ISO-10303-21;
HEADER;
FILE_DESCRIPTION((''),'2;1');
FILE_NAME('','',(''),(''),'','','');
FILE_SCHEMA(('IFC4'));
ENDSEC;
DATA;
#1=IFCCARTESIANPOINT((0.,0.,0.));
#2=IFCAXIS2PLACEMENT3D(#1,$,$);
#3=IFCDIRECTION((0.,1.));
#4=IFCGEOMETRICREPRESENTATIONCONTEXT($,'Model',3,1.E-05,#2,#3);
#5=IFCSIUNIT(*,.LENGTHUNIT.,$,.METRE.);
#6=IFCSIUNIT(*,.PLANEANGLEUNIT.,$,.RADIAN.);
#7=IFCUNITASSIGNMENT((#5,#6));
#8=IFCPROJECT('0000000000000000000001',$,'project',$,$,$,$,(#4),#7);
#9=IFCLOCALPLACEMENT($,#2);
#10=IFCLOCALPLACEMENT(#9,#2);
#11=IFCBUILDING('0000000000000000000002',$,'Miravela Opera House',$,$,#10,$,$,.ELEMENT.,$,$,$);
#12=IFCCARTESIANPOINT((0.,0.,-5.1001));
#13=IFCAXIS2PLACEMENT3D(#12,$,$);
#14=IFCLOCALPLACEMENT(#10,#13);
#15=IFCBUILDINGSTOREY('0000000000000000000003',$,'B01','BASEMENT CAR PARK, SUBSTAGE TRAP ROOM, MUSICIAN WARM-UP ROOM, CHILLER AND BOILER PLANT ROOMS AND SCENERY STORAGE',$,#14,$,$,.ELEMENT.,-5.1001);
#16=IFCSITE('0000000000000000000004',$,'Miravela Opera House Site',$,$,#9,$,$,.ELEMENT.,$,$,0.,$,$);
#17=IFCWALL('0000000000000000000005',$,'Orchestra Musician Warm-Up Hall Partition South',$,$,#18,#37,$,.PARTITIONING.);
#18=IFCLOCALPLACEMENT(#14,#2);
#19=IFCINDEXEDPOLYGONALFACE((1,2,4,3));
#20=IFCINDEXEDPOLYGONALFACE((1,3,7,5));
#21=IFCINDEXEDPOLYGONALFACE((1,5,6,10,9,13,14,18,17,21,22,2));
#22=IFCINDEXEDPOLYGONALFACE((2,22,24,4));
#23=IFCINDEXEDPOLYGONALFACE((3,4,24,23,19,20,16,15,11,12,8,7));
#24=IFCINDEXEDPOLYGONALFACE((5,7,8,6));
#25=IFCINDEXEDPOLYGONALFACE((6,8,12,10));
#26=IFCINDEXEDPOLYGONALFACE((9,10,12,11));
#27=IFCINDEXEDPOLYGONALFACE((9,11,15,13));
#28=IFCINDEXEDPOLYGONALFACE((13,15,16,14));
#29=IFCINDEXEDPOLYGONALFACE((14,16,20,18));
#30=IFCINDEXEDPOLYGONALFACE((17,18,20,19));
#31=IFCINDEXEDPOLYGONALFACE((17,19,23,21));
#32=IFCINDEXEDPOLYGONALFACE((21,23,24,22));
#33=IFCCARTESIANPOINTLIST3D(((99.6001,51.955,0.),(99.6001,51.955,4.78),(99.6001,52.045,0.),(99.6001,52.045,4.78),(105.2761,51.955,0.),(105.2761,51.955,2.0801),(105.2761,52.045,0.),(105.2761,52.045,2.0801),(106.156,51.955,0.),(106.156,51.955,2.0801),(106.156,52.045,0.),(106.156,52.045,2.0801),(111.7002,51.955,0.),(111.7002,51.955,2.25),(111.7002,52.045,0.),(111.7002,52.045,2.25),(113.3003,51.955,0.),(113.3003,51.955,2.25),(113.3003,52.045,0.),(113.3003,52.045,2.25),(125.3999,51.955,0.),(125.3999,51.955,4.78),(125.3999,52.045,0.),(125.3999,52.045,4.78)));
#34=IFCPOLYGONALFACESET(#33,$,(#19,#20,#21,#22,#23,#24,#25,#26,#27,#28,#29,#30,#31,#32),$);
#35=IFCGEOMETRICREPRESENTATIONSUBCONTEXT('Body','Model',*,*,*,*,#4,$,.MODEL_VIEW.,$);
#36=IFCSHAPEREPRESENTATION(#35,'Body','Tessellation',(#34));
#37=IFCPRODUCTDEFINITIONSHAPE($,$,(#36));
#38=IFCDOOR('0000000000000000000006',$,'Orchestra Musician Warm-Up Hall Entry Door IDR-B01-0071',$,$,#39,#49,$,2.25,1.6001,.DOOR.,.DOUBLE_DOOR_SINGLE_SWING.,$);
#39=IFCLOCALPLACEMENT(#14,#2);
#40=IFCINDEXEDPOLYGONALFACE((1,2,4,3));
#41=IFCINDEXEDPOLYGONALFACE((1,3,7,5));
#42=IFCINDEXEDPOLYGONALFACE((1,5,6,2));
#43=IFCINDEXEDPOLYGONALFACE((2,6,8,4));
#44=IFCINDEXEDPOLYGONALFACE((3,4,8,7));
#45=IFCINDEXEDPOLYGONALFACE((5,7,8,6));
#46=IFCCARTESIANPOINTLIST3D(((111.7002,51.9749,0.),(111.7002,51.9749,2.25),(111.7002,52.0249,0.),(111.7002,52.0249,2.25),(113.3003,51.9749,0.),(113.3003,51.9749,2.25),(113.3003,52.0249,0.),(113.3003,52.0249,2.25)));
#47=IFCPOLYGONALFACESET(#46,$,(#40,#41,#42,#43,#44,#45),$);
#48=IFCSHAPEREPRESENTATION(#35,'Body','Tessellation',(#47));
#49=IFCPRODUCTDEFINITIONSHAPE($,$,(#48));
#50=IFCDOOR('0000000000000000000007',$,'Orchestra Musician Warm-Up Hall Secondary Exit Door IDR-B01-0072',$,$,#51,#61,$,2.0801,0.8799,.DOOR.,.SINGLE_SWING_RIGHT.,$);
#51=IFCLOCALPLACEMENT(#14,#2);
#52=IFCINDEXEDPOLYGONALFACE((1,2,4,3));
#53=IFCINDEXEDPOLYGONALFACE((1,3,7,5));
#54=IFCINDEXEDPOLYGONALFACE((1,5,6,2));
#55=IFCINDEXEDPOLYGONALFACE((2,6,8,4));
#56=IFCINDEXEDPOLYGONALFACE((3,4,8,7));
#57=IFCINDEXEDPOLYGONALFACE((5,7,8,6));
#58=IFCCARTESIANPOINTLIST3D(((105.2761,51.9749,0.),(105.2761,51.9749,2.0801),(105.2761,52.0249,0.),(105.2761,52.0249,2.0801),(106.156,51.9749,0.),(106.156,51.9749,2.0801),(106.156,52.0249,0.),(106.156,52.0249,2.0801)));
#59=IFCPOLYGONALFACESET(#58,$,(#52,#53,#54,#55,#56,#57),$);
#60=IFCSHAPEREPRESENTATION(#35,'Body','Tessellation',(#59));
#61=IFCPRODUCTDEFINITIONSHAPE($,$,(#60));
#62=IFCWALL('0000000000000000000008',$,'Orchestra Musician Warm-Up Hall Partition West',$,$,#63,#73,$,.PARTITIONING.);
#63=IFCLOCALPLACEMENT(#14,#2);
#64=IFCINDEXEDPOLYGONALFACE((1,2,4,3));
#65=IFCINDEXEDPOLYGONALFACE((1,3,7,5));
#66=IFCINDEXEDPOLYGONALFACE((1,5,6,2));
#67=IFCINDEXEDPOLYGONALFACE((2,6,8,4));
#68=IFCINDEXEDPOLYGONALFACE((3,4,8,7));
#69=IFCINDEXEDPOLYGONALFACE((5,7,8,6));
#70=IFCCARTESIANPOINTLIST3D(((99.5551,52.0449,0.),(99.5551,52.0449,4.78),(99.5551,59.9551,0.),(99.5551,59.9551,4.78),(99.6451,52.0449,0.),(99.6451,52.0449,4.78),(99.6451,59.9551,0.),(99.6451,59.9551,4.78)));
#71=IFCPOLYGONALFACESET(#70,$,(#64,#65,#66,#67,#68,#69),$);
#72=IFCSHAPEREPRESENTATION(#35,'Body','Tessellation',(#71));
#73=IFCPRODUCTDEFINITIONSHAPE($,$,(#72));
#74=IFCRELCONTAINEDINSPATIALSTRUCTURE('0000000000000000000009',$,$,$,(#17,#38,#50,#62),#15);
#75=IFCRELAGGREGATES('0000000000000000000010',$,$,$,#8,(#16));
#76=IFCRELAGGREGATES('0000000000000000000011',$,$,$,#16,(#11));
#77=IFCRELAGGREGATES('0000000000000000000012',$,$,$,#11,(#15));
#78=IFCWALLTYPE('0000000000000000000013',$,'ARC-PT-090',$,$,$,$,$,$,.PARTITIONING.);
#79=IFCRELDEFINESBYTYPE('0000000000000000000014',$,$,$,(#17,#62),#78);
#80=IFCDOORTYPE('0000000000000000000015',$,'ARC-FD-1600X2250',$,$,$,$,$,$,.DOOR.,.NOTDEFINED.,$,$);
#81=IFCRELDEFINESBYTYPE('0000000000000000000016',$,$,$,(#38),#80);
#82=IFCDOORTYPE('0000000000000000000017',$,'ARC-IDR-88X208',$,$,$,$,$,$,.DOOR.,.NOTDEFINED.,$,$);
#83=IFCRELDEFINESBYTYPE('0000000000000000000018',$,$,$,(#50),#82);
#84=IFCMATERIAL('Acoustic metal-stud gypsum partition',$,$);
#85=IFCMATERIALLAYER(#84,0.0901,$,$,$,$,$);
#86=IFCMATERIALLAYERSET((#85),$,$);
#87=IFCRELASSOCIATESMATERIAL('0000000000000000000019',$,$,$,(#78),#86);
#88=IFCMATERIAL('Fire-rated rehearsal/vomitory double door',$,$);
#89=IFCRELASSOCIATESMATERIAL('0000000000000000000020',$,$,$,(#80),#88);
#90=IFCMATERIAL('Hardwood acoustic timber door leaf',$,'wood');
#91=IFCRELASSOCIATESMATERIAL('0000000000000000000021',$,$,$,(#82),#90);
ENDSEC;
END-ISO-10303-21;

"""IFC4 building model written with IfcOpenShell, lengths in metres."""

from ifc_helpers import new_model, si_unit, direction, frame, frame_2d, origin, place, context, subcontext, project, spatial, rectangle, extrude, material, layer, layer_set, type_object, element, fill, save


model = new_model("IFC4")

# Units and contexts
model_context = context("Model", 3, precision=1e-05, world=origin(), true_north=direction((0.0, 1.0)))
body_context = subcontext(model_context, "Body", "Model", "MODEL_VIEW")
ifc_project = project(units=[si_unit("LENGTHUNIT", "METRE"), si_unit("PLANEANGLEUNIT", "RADIAN")], contexts=[model_context])

# Site, building, storey
site_placement = place(None, origin())
site = spatial("IfcSite", under=ifc_project, at=site_placement, Name="Miravela Opera House Site", CompositionType="ELEMENT", RefElevation=0.0)
building_placement = place(site_placement, origin())
building = spatial("IfcBuilding", under=site, at=building_placement, Name="Miravela Opera House", CompositionType="ELEMENT")
storey_placement = place(building_placement, frame((0.0, 0.0, -5.1001)))
storey = spatial("IfcBuildingStorey", under=building, at=storey_placement, Name="B01", Description="BASEMENT CAR PARK, SUBSTAGE TRAP ROOM, MUSICIAN WARM-UP ROOM, CHILLER AND BOILER PLANT ROOMS AND SCENERY STORAGE", CompositionType="ELEMENT", Elevation=-5.1001)

# Wall, openings, doors
ifc_material_1 = material(Name="Acoustic metal-stud gypsum partition")
ifc_layer = layer(ifc_material_1, 0.0901)
ifc_layer_set = layer_set([ifc_layer])
wall_type = type_object("IfcWallType", Name="ARC-PT-090", PredefinedType="PARTITIONING", material=ifc_layer_set)
wall_1_placement = place(storey_placement, frame((99.6001, 52.0, 0.0), z_axis=(0.0, 0.0, 1.0), x_axis=(1.0, 0.0, 0.0)))
wall_1 = element("IfcWall", 1, at=wall_1_placement, inside=storey, type_object=wall_type, Name="Orchestra Musician Warm-Up Hall Partition South", PredefinedType="PARTITIONING", context=body_context, shape_type="SweptSolid", body=[
    extrude(rectangle(XDim=25.7998, YDim=0.0901, at=frame_2d((12.8999, 0.0))), origin(), (0.0, 0.0, 1.0), 4.78),
])
opening_1_placement = place(wall_1_placement, frame((12.1001, 0.0, 0.0)))
opening_1 = element("IfcOpeningElement", 2, at=opening_1_placement, cuts=wall_1, PredefinedType="OPENING", context=body_context, shape_type="SweptSolid", body=[
    extrude(rectangle(XDim=1.6001, YDim=2.25, at=frame_2d((0.8, 1.125))), frame((0.0, 0.0549, 0.0), z_axis=(0.0, -1.0, 0.0), x_axis=(1.0, 0.0, 0.0)), (0.0, 0.0, 1.0), 0.1101),
])
opening_2_placement = place(wall_1_placement, frame((5.676, 0.0, 0.0)))
opening_2 = element("IfcOpeningElement", 3, at=opening_2_placement, cuts=wall_1, PredefinedType="OPENING", context=body_context, shape_type="SweptSolid", body=[
    extrude(rectangle(XDim=0.8799, YDim=2.0801, at=frame_2d((0.4399, 1.04))), frame((0.0, 0.0549, 0.0), z_axis=(0.0, -1.0, 0.0), x_axis=(1.0, 0.0, 0.0)), (0.0, 0.0, 1.0), 0.1101),
])
ifc_material_2 = material(Name="Fire-rated rehearsal/vomitory double door")
door_type_1 = type_object("IfcDoorType", Name="ARC-FD-1600X2250", OperationType="NOTDEFINED", PredefinedType="DOOR", material=ifc_material_2)
door_1_placement = place(opening_1_placement, origin())
door_1 = element("IfcDoor", 4, at=door_1_placement, inside=storey, type_object=door_type_1, Name="Orchestra Musician Warm-Up Hall Entry Door IDR-B01-0071", OperationType="DOUBLE_DOOR_SINGLE_SWING", OverallHeight=2.25, OverallWidth=1.6001, PredefinedType="DOOR", context=body_context, shape_type="SweptSolid", body=[
    extrude(rectangle(XDim=1.6001, YDim=2.25, at=frame_2d((0.8, 1.125))), frame((0.0, 0.0249, 0.0), z_axis=(0.0, -1.0, 0.0), x_axis=(1.0, 0.0, 0.0)), (0.0, 0.0, 1.0), 0.05),
])
fill(opening_1, door_1)
ifc_material_3 = material(Name="Hardwood acoustic timber door leaf", Category="wood")
door_type_2 = type_object("IfcDoorType", Name="ARC-IDR-88X208", OperationType="NOTDEFINED", PredefinedType="DOOR", material=ifc_material_3)
door_2_placement = place(opening_2_placement, origin())
door_2 = element("IfcDoor", 5, at=door_2_placement, inside=storey, type_object=door_type_2, Name="Orchestra Musician Warm-Up Hall Secondary Exit Door IDR-B01-0072", OperationType="SINGLE_SWING_RIGHT", OverallHeight=2.0801, OverallWidth=0.8799, PredefinedType="DOOR", context=body_context, shape_type="SweptSolid", body=[
    extrude(rectangle(XDim=0.8799, YDim=2.0801, at=frame_2d((0.4399, 1.04))), frame((0.0, 0.0249, 0.0), z_axis=(0.0, -1.0, 0.0), x_axis=(1.0, 0.0, 0.0)), (0.0, 0.0, 1.0), 0.05),
])
fill(opening_2, door_2)

# Wall
wall_2_placement = place(storey_placement, frame((99.6001, 52.0449, 0.0), z_axis=(0.0, 0.0, 1.0), x_axis=(0.0, 1.0, 0.0)))
element("IfcWall", 6, at=wall_2_placement, inside=storey, type_object=wall_type, Name="Orchestra Musician Warm-Up Hall Partition West", PredefinedType="PARTITIONING", context=body_context, shape_type="SweptSolid", body=[
    extrude(rectangle(XDim=7.9102, YDim=0.0901, at=frame_2d((3.9551, 0.0))), origin(), (0.0, 0.0, 1.0), 4.78),
])

save(model, "model.ifc")
